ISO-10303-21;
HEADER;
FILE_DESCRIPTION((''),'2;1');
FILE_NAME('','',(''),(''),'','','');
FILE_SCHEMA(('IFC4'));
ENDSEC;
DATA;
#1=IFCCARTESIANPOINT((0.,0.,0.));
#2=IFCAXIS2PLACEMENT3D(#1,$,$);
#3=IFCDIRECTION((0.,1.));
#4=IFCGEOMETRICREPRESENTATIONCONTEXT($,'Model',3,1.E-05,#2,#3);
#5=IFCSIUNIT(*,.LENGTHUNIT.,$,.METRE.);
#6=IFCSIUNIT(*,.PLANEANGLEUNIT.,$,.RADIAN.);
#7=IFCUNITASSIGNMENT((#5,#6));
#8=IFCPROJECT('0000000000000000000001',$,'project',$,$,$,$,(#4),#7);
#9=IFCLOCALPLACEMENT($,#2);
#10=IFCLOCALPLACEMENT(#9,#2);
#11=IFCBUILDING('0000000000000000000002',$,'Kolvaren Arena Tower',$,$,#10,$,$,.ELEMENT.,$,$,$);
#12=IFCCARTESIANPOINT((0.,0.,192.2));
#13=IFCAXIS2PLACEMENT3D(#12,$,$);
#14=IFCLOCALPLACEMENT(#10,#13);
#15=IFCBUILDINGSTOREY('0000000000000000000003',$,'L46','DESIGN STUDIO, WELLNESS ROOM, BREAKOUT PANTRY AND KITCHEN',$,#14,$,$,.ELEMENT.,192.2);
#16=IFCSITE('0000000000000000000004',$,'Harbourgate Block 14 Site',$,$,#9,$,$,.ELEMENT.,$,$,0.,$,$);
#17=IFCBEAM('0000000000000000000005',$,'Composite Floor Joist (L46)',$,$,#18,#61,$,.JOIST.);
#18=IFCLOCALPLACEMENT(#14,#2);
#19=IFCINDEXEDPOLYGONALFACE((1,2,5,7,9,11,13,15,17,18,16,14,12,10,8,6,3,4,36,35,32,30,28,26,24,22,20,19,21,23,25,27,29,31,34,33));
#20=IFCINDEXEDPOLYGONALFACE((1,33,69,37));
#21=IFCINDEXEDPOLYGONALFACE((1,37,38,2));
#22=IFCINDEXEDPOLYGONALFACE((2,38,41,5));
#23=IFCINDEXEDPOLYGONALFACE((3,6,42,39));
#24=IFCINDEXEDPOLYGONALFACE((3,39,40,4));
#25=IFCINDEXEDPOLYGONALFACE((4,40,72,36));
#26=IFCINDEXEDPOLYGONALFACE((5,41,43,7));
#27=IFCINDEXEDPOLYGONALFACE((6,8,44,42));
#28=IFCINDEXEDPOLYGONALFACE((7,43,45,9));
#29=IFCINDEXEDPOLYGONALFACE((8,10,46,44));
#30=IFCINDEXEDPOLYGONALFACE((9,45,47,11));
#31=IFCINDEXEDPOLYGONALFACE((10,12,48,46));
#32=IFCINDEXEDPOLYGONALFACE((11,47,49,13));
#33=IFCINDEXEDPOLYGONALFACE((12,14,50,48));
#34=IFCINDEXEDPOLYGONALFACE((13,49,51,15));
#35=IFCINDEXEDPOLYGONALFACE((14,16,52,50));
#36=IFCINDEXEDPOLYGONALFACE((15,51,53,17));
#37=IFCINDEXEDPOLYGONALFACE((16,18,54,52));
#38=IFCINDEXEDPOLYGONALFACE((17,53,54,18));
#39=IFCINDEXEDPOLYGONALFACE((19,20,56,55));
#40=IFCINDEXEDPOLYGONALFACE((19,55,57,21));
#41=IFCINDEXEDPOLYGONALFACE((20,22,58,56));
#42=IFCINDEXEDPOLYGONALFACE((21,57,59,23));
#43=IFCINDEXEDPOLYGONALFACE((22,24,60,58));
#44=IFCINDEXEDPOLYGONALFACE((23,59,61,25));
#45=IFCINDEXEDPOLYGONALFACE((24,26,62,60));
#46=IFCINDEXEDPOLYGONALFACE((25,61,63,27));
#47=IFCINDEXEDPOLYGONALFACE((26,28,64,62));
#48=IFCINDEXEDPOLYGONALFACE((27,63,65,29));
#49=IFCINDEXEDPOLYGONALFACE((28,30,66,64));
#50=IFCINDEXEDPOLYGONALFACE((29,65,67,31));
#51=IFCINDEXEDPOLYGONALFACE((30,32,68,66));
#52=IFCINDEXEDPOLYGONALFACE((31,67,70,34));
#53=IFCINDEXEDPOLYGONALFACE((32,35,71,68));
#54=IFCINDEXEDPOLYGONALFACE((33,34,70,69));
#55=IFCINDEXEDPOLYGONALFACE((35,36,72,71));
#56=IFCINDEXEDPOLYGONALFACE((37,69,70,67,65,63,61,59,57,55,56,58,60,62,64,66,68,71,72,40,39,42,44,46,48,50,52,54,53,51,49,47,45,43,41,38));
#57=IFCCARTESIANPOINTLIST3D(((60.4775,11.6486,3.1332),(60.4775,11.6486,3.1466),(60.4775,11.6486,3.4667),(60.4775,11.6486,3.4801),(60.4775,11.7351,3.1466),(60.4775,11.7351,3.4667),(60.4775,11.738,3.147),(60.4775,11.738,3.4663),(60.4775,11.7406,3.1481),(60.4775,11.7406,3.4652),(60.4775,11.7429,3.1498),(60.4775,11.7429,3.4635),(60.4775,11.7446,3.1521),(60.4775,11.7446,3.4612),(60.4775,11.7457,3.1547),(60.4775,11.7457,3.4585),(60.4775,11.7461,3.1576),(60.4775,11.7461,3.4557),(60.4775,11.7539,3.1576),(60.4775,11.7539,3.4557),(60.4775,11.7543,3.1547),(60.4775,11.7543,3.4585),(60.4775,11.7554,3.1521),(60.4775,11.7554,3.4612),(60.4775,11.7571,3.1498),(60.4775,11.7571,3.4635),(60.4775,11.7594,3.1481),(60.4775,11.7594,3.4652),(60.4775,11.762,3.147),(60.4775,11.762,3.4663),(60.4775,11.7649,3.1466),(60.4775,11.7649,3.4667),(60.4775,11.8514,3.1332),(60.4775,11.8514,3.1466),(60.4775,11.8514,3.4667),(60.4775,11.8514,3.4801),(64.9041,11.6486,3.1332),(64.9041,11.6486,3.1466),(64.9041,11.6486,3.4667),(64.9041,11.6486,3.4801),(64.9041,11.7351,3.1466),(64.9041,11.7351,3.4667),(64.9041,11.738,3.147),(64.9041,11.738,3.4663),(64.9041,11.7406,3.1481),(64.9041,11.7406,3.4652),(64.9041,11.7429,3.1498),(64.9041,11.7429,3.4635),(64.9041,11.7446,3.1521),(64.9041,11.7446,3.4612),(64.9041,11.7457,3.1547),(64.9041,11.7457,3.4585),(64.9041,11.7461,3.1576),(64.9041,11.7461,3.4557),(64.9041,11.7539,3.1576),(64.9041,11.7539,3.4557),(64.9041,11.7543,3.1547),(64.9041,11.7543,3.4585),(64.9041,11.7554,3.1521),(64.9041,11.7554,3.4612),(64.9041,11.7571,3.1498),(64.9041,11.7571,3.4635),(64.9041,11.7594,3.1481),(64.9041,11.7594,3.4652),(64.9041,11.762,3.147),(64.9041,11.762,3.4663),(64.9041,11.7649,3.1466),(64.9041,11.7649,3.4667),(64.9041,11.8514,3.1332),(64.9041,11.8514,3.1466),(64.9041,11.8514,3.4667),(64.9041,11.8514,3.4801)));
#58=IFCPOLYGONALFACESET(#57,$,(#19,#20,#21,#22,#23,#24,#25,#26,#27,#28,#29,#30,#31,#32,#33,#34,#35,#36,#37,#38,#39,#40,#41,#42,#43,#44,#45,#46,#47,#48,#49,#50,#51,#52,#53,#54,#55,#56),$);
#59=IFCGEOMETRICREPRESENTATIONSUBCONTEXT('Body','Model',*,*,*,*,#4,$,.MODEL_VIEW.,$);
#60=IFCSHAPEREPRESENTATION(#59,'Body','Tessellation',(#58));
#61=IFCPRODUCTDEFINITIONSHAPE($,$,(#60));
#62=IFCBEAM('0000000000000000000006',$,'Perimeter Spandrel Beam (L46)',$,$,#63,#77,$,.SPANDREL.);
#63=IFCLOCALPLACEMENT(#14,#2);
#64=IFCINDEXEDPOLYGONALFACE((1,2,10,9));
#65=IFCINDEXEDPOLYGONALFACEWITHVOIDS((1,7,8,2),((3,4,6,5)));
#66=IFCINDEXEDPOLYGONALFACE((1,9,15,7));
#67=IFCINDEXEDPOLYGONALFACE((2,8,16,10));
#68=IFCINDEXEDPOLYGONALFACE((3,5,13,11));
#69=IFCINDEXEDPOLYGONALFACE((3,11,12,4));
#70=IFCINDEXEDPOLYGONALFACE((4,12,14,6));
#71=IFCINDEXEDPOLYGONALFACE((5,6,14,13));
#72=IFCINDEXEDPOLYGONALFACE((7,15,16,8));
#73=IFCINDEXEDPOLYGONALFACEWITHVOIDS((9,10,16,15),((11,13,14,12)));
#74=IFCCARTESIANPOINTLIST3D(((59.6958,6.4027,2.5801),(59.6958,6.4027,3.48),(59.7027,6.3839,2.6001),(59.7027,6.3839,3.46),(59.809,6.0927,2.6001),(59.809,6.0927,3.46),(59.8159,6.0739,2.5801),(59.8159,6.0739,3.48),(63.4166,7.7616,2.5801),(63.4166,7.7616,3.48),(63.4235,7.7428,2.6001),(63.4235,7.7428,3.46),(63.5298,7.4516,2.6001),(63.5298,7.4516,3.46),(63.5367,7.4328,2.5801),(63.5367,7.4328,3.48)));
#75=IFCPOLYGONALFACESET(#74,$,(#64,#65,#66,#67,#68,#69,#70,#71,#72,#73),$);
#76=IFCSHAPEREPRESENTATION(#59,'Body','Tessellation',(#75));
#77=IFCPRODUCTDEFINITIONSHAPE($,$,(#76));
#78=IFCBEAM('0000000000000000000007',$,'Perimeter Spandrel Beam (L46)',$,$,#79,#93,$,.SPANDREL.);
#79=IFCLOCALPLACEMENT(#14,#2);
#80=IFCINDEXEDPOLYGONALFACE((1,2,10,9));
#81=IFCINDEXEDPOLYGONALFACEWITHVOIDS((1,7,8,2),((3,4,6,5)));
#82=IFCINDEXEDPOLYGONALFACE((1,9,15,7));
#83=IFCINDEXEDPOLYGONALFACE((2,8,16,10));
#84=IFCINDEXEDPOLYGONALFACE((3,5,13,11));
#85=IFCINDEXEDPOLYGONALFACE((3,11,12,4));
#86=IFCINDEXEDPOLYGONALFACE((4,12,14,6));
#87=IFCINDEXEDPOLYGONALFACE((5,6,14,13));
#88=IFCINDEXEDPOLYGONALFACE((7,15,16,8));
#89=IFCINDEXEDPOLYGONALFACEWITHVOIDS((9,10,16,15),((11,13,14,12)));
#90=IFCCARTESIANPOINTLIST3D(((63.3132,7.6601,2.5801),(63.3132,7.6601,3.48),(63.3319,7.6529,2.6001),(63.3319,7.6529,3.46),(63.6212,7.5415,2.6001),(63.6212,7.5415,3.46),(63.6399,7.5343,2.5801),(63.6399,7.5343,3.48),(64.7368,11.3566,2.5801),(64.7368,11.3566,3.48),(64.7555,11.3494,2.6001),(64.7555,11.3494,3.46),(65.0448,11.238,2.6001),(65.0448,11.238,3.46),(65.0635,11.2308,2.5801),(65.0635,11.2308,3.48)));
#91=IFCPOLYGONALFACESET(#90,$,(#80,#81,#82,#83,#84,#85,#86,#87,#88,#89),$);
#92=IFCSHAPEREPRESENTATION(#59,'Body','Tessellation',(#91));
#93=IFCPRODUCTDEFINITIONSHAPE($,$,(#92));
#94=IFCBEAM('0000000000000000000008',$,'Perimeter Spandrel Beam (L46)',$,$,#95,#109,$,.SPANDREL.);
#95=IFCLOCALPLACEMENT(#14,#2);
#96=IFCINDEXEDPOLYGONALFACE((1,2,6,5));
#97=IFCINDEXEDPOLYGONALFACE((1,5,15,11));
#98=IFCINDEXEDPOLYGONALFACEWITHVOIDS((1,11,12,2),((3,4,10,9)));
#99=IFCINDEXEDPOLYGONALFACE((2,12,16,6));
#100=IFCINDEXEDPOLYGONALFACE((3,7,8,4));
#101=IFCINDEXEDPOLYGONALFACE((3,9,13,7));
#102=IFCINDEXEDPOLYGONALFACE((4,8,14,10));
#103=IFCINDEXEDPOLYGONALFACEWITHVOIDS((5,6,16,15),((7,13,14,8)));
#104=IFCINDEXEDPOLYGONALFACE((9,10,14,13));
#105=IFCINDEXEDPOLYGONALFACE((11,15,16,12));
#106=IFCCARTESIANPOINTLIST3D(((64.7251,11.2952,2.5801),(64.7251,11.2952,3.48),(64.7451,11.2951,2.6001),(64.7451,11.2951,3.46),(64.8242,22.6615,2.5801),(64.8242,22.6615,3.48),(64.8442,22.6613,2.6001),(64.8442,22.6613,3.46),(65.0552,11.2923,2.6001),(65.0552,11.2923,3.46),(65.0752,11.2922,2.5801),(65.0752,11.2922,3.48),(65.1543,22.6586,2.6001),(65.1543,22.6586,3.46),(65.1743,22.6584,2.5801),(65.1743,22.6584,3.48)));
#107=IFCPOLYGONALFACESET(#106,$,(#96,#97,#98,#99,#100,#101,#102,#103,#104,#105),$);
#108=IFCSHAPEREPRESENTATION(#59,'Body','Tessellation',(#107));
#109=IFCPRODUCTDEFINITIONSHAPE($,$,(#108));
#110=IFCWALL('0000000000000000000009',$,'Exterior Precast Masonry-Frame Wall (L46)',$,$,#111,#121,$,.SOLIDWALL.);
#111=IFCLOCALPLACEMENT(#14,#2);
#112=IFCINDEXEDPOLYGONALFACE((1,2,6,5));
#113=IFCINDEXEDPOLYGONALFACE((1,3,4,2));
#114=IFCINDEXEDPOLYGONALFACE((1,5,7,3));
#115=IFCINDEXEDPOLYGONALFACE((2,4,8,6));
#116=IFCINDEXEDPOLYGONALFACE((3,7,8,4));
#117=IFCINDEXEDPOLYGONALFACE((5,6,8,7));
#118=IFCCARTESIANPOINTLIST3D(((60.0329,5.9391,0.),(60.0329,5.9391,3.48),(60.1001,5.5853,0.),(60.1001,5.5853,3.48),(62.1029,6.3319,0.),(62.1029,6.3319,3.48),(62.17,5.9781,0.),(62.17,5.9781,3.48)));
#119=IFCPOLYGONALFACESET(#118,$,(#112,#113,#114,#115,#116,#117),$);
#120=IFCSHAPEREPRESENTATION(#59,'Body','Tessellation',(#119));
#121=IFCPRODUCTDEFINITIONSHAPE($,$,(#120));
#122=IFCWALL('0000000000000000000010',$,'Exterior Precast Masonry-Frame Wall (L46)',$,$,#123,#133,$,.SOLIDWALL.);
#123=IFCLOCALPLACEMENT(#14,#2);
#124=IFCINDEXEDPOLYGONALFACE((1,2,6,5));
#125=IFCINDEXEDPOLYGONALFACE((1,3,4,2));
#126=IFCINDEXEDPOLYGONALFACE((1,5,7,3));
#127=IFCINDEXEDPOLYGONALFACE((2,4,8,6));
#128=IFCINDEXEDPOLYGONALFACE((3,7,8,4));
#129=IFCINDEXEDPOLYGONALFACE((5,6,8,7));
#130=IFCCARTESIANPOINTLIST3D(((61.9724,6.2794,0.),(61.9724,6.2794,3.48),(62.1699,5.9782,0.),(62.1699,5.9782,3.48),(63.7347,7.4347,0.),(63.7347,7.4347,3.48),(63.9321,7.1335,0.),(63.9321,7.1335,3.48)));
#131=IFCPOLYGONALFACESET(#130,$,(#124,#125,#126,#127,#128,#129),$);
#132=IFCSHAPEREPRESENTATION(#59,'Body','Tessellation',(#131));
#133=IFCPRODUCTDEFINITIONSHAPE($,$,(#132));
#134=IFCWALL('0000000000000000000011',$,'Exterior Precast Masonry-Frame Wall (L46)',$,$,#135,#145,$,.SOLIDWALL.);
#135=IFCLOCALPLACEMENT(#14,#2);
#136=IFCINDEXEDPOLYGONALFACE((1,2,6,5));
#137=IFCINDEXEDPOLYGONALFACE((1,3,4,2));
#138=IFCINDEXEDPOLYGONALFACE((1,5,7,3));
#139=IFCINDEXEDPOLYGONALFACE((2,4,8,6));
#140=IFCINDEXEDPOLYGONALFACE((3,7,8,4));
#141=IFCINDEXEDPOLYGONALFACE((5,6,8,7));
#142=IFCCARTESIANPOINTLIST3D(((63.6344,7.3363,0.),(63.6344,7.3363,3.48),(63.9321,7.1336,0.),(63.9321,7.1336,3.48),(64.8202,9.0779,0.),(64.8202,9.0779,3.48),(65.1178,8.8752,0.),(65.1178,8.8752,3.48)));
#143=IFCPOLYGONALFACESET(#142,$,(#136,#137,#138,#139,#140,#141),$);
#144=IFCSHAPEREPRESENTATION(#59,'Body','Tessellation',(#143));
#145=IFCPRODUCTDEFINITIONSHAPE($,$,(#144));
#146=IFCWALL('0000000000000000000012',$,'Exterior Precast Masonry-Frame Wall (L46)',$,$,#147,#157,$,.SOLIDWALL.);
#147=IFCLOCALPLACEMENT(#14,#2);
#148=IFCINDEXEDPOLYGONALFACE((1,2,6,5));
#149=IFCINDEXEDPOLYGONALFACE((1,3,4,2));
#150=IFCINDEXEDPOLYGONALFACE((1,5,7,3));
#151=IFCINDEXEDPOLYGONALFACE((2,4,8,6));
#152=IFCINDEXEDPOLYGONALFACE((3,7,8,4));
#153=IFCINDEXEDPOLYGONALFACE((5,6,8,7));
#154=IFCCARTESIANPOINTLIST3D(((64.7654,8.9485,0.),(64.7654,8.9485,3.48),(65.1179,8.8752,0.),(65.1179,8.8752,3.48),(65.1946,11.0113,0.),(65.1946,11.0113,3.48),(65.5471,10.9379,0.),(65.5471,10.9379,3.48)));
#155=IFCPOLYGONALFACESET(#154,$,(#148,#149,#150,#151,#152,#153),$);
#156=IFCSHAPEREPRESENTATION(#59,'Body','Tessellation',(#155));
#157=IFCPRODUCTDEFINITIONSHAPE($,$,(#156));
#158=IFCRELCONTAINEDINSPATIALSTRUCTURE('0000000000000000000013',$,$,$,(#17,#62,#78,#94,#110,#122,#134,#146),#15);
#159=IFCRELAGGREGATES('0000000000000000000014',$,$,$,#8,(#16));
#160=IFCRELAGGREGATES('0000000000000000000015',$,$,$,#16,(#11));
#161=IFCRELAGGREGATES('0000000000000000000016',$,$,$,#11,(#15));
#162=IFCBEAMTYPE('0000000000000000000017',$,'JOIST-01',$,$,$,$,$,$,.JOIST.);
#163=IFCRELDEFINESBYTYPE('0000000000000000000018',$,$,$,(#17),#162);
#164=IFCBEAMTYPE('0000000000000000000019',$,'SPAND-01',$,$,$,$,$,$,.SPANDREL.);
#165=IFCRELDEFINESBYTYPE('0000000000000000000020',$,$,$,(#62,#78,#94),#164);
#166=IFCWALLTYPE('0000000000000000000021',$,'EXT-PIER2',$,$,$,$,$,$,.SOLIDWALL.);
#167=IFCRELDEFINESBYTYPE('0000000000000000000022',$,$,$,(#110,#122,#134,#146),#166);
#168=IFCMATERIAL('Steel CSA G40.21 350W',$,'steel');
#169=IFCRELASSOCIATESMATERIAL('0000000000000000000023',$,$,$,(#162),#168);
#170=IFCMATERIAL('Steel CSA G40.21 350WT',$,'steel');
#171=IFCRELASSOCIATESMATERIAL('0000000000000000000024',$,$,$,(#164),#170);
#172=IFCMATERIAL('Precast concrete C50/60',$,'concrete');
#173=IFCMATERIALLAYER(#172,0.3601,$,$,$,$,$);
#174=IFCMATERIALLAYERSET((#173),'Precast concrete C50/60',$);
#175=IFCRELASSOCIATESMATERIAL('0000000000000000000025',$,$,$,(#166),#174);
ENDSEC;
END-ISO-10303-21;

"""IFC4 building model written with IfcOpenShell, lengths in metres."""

from ifc_helpers import new_model, si_unit, direction, frame, frame_2d, origin, origin_2d, place, context, subcontext, project, spatial, rectangle, hollow_rectangle, i_section, extrude, material, layer, layer_set, material_profile, profile_set, type_object, element, save


model = new_model("IFC4")

# Units and contexts
model_context = context("Model", 3, precision=1e-05, world=origin(), true_north=direction((0.0, 1.0)))
body_context = subcontext(model_context, "Body", "Model", "MODEL_VIEW")
ifc_project = project(units=[si_unit("LENGTHUNIT", "METRE"), si_unit("PLANEANGLEUNIT", "RADIAN")], contexts=[model_context])

# Site, building, storey
site_placement = place(None, origin())
site = spatial("IfcSite", under=ifc_project, at=site_placement, Name="Harbourgate Block 14 Site", CompositionType="ELEMENT", RefElevation=0.0)
building_placement = place(site_placement, origin())
building = spatial("IfcBuilding", under=site, at=building_placement, Name="Kolvaren Arena Tower", CompositionType="ELEMENT")
storey_placement = place(building_placement, frame((0.0, 0.0, 192.2)))
storey = spatial("IfcBuildingStorey", under=building, at=storey_placement, Name="L46", Description="DESIGN STUDIO, WELLNESS ROOM, BREAKOUT PANTRY AND KITCHEN", CompositionType="ELEMENT", Elevation=192.2)

# Beams
ifc_material_1 = material(Name="Steel CSA G40.21 350W", Category="steel")
ifc_material_profile_1 = material_profile(ifc_material_1, i_section(OverallWidth=0.2029, OverallDepth=0.3469, WebThickness=0.0078, FlangeThickness=0.0134, FilletRadius=0.011, at=origin_2d()), Name="W360x64")
ifc_profile_set_1 = profile_set([ifc_material_profile_1], Name="Steel CSA G40.21 350W")
beam_type_1 = type_object("IfcBeamType", Name="JOIST-01", PredefinedType="JOIST", material=ifc_profile_set_1)
beam_1_placement = place(storey_placement, frame((60.4775, 11.75, 3.3066), z_axis=(1.0, 0.0, 0.0), x_axis=(0.0, 1.0, 0.0)))
element("IfcBeam", 1, at=beam_1_placement, inside=storey, type_object=beam_type_1, Name="Composite Floor Joist (L46)", PredefinedType="JOIST", context=body_context, shape_type="SweptSolid", body=[
    extrude(i_section(OverallWidth=0.2029, OverallDepth=0.3469, WebThickness=0.0078, FlangeThickness=0.0134, FilletRadius=0.011, at=origin_2d()), origin(), (0.0, 0.0, 1.0), 4.4265),
])
ifc_material_2 = material(Name="Steel CSA G40.21 350WT", Category="steel")
ifc_material_profile_2 = material_profile(ifc_material_2, hollow_rectangle(XDim=0.3501, YDim=0.8999, WallThickness=0.02, at=origin_2d()), Name="HSS 900x350x20")
ifc_profile_set_2 = profile_set([ifc_material_profile_2], Name="Steel CSA G40.21 350WT")
beam_type_2 = type_object("IfcBeamType", Name="SPAND-01", PredefinedType="SPANDREL", material=ifc_profile_set_2)
for number, where, z_axis, x_axis, name in (
    (2, (59.7559, 6.2383, 3.03), (0.939314, 0.343059, 0.0), (-0.343059, 0.939314, 0.0), "Perimeter Spandrel Beam (L46)"),
    (3, (63.4766, 7.5972, 3.03), (0.359384, 0.93319, 0.0), (-0.93319, 0.359384, 0.0), "Perimeter Spandrel Beam (L46)"),
):
    element("IfcBeam", number, at=place(storey_placement, frame(where, z_axis=z_axis, x_axis=x_axis)), inside=storey, type_object=beam_type_2, Name=name, PredefinedType="SPANDREL", context=body_context, shape_type="SweptSolid", body=[
        extrude(hollow_rectangle(XDim=0.3501, YDim=0.8999, WallThickness=0.02, at=origin_2d()), origin(), (0.0, 0.0, 1.0), 3.9612),
    ])
beam_2_placement = place(storey_placement, frame((64.9001, 11.2937, 3.03), z_axis=(0.00872, 0.999962, 0.0), x_axis=(-0.999962, 0.00872, 0.0)))
element("IfcBeam", 4, at=beam_2_placement, inside=storey, type_object=beam_type_2, Name="Perimeter Spandrel Beam (L46)", PredefinedType="SPANDREL", context=body_context, shape_type="SweptSolid", body=[
    extrude(hollow_rectangle(XDim=0.3501, YDim=0.8999, WallThickness=0.02, at=origin_2d()), origin(), (0.0, 0.0, 1.0), 11.3667),
])

# Walls
ifc_material_3 = material(Name="Precast concrete C50/60", Category="concrete")
ifc_layer_1 = layer(ifc_material_3, 0.3601)
ifc_layer_set_1 = layer_set([ifc_layer_1], Name="Precast concrete C50/60")
wall_type_1 = type_object("IfcWallType", Name="EXT-PIER2", PredefinedType="SOLIDWALL", material=ifc_layer_set_1)
wall_1_placement = place(storey_placement, frame((62.1365, 6.155, 0.0), z_axis=(0.0, 0.0, 1.0), x_axis=(-0.982467, -0.186436, 0.0)))
element("IfcWall", 5, at=wall_1_placement, inside=storey, type_object=wall_type_1, Name="Exterior Precast Masonry-Frame Wall (L46)", PredefinedType="SOLIDWALL", context=body_context, shape_type="SweptSolid", body=[
    extrude(rectangle(XDim=2.1069, YDim=0.3601, at=frame_2d((1.0535, 0.0))), origin(), (0.0, 0.0, 1.0), 3.48),
])
wall_2_placement = place(storey_placement, frame((63.8335, 7.2842, 0.0), z_axis=(0.0, 0.0, 1.0), x_axis=(-0.836304, -0.548267, 0.0)))
element("IfcWall", 6, at=wall_2_placement, inside=storey, type_object=wall_type_1, Name="Exterior Precast Masonry-Frame Wall (L46)", PredefinedType="SOLIDWALL", context=body_context, shape_type="SweptSolid", body=[
    extrude(rectangle(XDim=2.1072, YDim=0.3601, at=frame_2d((1.0537, 0.0))), origin(), (0.0, 0.0, 1.0), 3.48),
])
for number, where, z_axis, x_axis, name in (
    (7, (64.969, 8.9766, 0.0), (0.0, 0.0, 1.0), (-0.562776, -0.82661, 0.0), "Exterior Precast Masonry-Frame Wall (L46)"),
    (8, (65.3708, 10.9746, 0.0), (0.0, 0.0, 1.0), (-0.203709, -0.979031, 0.0), "Exterior Precast Masonry-Frame Wall (L46)"),
):
    element("IfcWall", number, at=place(storey_placement, frame(where, z_axis=z_axis, x_axis=x_axis)), inside=storey, type_object=wall_type_1, Name=name, PredefinedType="SOLIDWALL", context=body_context, shape_type="SweptSolid", body=[
        extrude(rectangle(XDim=2.1069, YDim=0.3601, at=frame_2d((1.0535, 0.0))), origin(), (0.0, 0.0, 1.0), 3.48),
    ])

save(model, "model.ifc")
